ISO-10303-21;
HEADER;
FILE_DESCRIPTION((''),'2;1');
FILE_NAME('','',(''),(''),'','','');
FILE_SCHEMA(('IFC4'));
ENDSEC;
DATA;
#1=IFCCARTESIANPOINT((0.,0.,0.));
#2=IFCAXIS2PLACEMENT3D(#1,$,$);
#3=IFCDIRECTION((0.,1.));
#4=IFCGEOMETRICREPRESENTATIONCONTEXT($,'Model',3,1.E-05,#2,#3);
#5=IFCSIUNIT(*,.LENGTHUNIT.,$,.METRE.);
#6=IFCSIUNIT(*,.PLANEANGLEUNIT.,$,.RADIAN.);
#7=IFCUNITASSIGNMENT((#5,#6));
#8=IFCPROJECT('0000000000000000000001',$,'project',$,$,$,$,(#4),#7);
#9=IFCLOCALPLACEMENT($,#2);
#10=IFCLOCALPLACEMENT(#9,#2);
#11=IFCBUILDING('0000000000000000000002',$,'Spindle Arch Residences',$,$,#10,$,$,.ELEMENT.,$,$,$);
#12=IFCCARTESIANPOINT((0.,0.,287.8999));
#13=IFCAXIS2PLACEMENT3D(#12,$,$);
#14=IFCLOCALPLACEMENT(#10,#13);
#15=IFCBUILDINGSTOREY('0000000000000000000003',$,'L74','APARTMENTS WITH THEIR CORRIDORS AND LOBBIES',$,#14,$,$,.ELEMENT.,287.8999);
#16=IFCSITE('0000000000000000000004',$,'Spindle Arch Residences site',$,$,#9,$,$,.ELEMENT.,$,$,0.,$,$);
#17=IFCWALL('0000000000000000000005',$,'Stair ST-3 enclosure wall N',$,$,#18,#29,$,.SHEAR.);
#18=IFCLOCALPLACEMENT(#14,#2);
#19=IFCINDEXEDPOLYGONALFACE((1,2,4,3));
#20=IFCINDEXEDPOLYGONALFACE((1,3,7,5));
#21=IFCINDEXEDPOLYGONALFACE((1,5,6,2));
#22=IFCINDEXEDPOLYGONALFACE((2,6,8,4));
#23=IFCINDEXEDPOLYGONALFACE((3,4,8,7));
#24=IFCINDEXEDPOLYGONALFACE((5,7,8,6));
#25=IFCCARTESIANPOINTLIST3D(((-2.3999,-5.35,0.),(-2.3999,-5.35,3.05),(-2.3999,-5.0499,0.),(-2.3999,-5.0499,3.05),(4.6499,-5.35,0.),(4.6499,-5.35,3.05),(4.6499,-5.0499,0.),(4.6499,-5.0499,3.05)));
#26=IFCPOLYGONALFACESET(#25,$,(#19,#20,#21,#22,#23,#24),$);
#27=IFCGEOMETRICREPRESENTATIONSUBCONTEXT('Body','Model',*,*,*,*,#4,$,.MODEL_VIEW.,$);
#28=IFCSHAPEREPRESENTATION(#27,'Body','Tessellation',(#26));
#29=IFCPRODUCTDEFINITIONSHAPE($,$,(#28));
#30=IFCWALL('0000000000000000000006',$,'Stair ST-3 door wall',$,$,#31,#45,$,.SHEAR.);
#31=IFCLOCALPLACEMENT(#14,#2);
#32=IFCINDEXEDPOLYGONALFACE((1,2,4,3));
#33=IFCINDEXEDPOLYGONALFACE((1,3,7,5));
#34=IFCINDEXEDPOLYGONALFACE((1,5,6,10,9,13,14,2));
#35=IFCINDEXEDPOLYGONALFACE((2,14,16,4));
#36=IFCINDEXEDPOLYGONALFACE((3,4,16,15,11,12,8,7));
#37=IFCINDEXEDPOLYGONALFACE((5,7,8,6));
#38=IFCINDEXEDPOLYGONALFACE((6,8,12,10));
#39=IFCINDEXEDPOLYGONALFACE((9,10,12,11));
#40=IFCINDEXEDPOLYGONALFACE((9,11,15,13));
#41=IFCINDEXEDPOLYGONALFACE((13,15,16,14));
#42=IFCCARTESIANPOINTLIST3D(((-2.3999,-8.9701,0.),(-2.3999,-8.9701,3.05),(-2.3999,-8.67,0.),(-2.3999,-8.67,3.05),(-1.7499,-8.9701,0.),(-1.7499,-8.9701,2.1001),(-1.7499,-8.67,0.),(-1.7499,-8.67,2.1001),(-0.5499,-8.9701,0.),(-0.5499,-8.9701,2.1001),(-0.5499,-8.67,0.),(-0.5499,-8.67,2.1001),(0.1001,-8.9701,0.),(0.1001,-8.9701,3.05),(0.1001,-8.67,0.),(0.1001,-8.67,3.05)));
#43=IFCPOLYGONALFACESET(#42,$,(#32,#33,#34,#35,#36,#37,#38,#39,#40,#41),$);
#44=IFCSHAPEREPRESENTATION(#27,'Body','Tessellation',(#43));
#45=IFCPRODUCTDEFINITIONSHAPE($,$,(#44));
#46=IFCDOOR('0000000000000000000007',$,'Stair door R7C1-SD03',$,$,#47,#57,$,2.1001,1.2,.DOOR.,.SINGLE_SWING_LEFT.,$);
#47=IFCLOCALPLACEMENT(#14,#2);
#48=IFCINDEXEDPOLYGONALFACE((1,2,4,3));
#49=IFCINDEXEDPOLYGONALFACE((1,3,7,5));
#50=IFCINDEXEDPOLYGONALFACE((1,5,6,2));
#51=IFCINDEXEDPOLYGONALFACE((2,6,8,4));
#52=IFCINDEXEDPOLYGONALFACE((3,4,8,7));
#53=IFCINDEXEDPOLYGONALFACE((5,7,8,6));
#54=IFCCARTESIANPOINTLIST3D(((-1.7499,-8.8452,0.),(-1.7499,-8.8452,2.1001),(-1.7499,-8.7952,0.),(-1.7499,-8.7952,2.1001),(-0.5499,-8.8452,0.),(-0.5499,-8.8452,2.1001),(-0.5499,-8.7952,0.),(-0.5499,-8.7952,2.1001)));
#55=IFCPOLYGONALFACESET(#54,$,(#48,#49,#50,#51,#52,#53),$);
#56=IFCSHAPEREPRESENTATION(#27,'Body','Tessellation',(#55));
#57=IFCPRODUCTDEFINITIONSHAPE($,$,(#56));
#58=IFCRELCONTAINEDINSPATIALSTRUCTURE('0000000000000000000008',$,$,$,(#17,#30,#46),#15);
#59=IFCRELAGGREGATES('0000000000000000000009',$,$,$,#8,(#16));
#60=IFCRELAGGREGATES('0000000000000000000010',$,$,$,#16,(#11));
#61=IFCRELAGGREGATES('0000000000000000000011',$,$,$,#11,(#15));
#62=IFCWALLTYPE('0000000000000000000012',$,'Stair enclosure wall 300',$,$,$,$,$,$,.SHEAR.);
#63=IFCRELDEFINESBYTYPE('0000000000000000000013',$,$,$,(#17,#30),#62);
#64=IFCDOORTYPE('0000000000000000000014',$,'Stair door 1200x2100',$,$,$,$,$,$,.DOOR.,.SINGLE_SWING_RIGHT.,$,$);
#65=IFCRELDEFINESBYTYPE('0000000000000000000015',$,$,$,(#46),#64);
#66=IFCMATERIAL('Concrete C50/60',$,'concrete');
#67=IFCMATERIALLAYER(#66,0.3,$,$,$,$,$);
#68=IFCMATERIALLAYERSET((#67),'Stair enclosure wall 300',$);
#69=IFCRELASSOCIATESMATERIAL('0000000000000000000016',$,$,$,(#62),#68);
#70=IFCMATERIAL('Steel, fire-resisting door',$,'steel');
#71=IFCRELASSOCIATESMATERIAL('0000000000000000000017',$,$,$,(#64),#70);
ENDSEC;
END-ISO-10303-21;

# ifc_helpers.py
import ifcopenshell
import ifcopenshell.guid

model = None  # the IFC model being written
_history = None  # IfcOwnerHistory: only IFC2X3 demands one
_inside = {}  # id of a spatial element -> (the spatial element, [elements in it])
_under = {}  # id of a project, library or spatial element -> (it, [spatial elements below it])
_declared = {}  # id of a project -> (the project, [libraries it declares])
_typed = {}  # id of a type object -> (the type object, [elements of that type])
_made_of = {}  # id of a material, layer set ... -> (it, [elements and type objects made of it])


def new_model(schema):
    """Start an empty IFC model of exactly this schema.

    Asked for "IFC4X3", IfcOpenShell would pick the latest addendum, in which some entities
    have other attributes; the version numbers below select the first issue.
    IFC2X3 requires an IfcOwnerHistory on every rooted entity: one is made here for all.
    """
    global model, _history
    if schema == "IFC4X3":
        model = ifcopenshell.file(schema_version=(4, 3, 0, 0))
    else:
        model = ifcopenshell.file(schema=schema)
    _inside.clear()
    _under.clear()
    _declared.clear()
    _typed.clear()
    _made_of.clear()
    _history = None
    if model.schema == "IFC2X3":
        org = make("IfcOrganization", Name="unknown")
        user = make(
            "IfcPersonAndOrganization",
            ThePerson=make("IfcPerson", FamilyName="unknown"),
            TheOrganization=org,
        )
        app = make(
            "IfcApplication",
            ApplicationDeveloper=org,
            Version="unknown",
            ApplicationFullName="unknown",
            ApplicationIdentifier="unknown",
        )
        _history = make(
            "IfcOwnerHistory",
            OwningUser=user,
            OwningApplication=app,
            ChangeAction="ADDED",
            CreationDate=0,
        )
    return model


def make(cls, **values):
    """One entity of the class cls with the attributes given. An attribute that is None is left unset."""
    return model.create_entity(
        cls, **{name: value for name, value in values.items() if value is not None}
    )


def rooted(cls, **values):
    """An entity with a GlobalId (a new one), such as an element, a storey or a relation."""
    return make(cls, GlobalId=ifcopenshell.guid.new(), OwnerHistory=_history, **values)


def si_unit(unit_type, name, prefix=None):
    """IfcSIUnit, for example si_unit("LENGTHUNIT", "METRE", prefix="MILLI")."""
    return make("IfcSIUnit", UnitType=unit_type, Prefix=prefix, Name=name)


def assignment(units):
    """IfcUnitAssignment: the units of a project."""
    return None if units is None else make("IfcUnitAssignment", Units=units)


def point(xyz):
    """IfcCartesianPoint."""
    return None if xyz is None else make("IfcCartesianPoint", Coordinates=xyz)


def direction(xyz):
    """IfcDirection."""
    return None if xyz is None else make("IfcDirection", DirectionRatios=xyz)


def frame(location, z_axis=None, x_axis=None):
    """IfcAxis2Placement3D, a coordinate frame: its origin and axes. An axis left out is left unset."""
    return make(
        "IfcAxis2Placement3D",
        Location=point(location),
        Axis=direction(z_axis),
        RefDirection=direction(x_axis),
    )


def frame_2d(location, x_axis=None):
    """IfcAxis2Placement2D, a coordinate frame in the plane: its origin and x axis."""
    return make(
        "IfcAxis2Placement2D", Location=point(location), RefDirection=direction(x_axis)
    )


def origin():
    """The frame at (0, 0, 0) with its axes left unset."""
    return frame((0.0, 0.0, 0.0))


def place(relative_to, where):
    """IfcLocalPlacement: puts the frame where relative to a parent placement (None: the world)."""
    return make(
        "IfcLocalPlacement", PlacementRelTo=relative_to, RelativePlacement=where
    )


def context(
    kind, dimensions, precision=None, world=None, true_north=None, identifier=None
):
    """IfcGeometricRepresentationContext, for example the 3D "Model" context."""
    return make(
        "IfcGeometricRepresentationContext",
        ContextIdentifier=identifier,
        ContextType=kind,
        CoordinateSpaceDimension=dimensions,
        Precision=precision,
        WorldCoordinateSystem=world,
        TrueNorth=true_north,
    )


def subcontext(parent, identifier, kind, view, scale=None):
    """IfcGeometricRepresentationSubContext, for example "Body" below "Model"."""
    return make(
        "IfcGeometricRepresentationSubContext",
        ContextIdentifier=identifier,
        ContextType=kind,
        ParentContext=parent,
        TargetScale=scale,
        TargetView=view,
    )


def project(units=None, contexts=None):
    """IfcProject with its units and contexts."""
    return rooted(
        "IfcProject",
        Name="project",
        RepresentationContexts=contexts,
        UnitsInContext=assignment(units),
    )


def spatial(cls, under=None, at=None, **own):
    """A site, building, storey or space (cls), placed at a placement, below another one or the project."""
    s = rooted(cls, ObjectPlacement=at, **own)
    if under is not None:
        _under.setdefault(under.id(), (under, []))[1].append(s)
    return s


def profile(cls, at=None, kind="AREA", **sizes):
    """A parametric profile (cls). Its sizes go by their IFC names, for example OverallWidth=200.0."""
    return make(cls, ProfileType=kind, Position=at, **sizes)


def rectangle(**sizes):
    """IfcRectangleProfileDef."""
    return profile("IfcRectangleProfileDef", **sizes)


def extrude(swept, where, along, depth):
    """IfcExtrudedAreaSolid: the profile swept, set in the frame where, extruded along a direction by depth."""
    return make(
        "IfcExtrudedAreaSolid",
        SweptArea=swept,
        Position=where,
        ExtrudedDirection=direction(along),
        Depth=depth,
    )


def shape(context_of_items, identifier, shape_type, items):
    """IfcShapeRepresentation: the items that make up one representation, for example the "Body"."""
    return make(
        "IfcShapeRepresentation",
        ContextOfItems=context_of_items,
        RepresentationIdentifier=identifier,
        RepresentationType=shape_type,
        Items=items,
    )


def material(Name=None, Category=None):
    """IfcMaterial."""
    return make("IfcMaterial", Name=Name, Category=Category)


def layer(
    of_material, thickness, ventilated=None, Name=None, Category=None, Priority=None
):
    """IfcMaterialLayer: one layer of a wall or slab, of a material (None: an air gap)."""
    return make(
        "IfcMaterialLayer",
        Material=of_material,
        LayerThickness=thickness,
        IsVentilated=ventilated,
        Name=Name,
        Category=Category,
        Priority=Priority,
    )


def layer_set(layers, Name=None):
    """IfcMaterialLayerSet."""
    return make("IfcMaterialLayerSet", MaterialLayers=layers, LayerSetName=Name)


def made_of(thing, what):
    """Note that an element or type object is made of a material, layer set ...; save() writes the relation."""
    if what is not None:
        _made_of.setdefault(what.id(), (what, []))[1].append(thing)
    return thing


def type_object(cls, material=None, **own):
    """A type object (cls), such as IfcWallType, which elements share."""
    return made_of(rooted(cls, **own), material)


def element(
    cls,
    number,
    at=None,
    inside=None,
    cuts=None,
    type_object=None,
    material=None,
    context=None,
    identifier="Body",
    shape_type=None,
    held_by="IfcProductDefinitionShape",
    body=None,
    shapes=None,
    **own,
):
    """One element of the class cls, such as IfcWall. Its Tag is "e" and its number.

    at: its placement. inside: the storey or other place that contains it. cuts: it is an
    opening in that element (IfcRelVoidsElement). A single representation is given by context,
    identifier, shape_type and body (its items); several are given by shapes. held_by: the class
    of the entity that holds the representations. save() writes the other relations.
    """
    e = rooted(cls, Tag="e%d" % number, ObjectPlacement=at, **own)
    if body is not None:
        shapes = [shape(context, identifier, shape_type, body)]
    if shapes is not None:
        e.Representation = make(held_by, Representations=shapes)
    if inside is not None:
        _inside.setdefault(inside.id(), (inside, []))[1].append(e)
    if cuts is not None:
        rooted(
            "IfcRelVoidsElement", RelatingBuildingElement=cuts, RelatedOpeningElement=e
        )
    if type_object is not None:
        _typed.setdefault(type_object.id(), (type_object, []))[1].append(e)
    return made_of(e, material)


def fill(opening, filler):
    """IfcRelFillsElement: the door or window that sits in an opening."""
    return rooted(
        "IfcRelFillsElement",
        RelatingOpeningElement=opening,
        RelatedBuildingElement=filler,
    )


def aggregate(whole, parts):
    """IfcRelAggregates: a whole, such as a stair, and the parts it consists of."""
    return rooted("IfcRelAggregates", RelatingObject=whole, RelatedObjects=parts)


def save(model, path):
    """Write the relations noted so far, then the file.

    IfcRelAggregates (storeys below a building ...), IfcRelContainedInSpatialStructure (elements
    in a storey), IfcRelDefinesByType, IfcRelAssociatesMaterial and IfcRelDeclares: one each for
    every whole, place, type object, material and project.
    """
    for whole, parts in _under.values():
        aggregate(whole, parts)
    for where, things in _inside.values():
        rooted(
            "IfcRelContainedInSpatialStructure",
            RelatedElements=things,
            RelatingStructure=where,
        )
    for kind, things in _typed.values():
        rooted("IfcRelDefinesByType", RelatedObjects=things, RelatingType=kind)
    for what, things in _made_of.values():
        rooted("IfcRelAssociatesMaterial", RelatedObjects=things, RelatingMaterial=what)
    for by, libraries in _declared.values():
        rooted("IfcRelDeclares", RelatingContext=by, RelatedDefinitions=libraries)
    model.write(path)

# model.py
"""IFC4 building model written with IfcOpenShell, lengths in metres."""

from ifc_helpers import new_model, si_unit, direction, frame, frame_2d, origin, place, context, subcontext, project, spatial, rectangle, extrude, material, layer, layer_set, type_object, element, fill, save


model = new_model("IFC4")

# Units and contexts
model_context = context("Model", 3, precision=1e-05, world=origin(), true_north=direction((0.0, 1.0)))
body_context = subcontext(model_context, "Body", "Model", "MODEL_VIEW")
ifc_project = project(units=[si_unit("LENGTHUNIT", "METRE"), si_unit("PLANEANGLEUNIT", "RADIAN")], contexts=[model_context])

# Site, building, storey
site_placement = place(None, origin())
site = spatial("IfcSite", under=ifc_project, at=site_placement, Name="Spindle Arch Residences site", CompositionType="ELEMENT", RefElevation=0.0)
building_placement = place(site_placement, origin())
building = spatial("IfcBuilding", under=site, at=building_placement, Name="Spindle Arch Residences", CompositionType="ELEMENT")
storey_placement = place(building_placement, frame((0.0, 0.0, 287.8999)))
storey = spatial("IfcBuildingStorey", under=building, at=storey_placement, Name="L74", Description="APARTMENTS WITH THEIR CORRIDORS AND LOBBIES", CompositionType="ELEMENT", Elevation=287.8999)

# Wall
ifc_material_1 = material(Name="Concrete C50/60", Category="concrete")
ifc_layer_1 = layer(ifc_material_1, 0.3)
ifc_layer_set_1 = layer_set([ifc_layer_1], Name="Stair enclosure wall 300")
wall_type_1 = type_object("IfcWallType", Name="Stair enclosure wall 300", PredefinedType="SHEAR", material=ifc_layer_set_1)
wall_1_placement = place(storey_placement, frame((-2.3999, -5.2, 0.0), z_axis=(0.0, 0.0, 1.0), x_axis=(1.0, 0.0, 0.0)))
element("IfcWall", 1, at=wall_1_placement, inside=storey, type_object=wall_type_1, Name="Stair ST-3 enclosure wall N", PredefinedType="SHEAR", context=body_context, shape_type="SweptSolid", body=[
    extrude(rectangle(XDim=7.0498, YDim=0.3, at=frame_2d((3.5249, 0.0))), origin(), (0.0, 0.0, 1.0), 3.05),
])

# Wall, opening, door
wall_2_placement = place(storey_placement, frame((-2.3999, -8.8201, 0.0), z_axis=(0.0, 0.0, 1.0), x_axis=(1.0, 0.0, 0.0)))
wall_2 = element("IfcWall", 2, at=wall_2_placement, inside=storey, type_object=wall_type_1, Name="Stair ST-3 door wall", PredefinedType="SHEAR", context=body_context, shape_type="SweptSolid", body=[
    extrude(rectangle(XDim=2.5, YDim=0.3, at=frame_2d((1.25, 0.0))), origin(), (0.0, 0.0, 1.0), 3.05),
])
opening_1_placement = place(wall_2_placement, frame((0.6499, 0.0, 0.0)))
opening_1 = element("IfcOpeningElement", 3, at=opening_1_placement, cuts=wall_2, PredefinedType="OPENING", context=body_context, shape_type="SweptSolid", body=[
    extrude(rectangle(XDim=1.2, YDim=2.1001, at=frame_2d((0.6001, 1.05))), frame((0.0, 0.1602, 0.0), z_axis=(0.0, -1.0, 0.0), x_axis=(1.0, 0.0, 0.0)), (0.0, 0.0, 1.0), 0.3201),
])
ifc_material_2 = material(Name="Steel, fire-resisting door", Category="steel")
door_type_1 = type_object("IfcDoorType", Name="Stair door 1200x2100", OperationType="SINGLE_SWING_RIGHT", PredefinedType="DOOR", material=ifc_material_2)
door_1_placement = place(opening_1_placement, origin())
door_1 = element("IfcDoor", 4, at=door_1_placement, inside=storey, type_object=door_type_1, Name="Stair door R7C1-SD03", OperationType="SINGLE_SWING_LEFT", OverallHeight=2.1001, OverallWidth=1.2, PredefinedType="DOOR", context=body_context, shape_type="SweptSolid", body=[
    extrude(rectangle(XDim=1.2, YDim=2.1001, at=frame_2d((0.6001, 1.05))), frame((0.0, 0.0249, 0.0), z_axis=(0.0, -1.0, 0.0), x_axis=(1.0, 0.0, 0.0)), (0.0, 0.0, 1.0), 0.05),
])
fill(opening_1, door_1)

save(model, "model.ifc")
